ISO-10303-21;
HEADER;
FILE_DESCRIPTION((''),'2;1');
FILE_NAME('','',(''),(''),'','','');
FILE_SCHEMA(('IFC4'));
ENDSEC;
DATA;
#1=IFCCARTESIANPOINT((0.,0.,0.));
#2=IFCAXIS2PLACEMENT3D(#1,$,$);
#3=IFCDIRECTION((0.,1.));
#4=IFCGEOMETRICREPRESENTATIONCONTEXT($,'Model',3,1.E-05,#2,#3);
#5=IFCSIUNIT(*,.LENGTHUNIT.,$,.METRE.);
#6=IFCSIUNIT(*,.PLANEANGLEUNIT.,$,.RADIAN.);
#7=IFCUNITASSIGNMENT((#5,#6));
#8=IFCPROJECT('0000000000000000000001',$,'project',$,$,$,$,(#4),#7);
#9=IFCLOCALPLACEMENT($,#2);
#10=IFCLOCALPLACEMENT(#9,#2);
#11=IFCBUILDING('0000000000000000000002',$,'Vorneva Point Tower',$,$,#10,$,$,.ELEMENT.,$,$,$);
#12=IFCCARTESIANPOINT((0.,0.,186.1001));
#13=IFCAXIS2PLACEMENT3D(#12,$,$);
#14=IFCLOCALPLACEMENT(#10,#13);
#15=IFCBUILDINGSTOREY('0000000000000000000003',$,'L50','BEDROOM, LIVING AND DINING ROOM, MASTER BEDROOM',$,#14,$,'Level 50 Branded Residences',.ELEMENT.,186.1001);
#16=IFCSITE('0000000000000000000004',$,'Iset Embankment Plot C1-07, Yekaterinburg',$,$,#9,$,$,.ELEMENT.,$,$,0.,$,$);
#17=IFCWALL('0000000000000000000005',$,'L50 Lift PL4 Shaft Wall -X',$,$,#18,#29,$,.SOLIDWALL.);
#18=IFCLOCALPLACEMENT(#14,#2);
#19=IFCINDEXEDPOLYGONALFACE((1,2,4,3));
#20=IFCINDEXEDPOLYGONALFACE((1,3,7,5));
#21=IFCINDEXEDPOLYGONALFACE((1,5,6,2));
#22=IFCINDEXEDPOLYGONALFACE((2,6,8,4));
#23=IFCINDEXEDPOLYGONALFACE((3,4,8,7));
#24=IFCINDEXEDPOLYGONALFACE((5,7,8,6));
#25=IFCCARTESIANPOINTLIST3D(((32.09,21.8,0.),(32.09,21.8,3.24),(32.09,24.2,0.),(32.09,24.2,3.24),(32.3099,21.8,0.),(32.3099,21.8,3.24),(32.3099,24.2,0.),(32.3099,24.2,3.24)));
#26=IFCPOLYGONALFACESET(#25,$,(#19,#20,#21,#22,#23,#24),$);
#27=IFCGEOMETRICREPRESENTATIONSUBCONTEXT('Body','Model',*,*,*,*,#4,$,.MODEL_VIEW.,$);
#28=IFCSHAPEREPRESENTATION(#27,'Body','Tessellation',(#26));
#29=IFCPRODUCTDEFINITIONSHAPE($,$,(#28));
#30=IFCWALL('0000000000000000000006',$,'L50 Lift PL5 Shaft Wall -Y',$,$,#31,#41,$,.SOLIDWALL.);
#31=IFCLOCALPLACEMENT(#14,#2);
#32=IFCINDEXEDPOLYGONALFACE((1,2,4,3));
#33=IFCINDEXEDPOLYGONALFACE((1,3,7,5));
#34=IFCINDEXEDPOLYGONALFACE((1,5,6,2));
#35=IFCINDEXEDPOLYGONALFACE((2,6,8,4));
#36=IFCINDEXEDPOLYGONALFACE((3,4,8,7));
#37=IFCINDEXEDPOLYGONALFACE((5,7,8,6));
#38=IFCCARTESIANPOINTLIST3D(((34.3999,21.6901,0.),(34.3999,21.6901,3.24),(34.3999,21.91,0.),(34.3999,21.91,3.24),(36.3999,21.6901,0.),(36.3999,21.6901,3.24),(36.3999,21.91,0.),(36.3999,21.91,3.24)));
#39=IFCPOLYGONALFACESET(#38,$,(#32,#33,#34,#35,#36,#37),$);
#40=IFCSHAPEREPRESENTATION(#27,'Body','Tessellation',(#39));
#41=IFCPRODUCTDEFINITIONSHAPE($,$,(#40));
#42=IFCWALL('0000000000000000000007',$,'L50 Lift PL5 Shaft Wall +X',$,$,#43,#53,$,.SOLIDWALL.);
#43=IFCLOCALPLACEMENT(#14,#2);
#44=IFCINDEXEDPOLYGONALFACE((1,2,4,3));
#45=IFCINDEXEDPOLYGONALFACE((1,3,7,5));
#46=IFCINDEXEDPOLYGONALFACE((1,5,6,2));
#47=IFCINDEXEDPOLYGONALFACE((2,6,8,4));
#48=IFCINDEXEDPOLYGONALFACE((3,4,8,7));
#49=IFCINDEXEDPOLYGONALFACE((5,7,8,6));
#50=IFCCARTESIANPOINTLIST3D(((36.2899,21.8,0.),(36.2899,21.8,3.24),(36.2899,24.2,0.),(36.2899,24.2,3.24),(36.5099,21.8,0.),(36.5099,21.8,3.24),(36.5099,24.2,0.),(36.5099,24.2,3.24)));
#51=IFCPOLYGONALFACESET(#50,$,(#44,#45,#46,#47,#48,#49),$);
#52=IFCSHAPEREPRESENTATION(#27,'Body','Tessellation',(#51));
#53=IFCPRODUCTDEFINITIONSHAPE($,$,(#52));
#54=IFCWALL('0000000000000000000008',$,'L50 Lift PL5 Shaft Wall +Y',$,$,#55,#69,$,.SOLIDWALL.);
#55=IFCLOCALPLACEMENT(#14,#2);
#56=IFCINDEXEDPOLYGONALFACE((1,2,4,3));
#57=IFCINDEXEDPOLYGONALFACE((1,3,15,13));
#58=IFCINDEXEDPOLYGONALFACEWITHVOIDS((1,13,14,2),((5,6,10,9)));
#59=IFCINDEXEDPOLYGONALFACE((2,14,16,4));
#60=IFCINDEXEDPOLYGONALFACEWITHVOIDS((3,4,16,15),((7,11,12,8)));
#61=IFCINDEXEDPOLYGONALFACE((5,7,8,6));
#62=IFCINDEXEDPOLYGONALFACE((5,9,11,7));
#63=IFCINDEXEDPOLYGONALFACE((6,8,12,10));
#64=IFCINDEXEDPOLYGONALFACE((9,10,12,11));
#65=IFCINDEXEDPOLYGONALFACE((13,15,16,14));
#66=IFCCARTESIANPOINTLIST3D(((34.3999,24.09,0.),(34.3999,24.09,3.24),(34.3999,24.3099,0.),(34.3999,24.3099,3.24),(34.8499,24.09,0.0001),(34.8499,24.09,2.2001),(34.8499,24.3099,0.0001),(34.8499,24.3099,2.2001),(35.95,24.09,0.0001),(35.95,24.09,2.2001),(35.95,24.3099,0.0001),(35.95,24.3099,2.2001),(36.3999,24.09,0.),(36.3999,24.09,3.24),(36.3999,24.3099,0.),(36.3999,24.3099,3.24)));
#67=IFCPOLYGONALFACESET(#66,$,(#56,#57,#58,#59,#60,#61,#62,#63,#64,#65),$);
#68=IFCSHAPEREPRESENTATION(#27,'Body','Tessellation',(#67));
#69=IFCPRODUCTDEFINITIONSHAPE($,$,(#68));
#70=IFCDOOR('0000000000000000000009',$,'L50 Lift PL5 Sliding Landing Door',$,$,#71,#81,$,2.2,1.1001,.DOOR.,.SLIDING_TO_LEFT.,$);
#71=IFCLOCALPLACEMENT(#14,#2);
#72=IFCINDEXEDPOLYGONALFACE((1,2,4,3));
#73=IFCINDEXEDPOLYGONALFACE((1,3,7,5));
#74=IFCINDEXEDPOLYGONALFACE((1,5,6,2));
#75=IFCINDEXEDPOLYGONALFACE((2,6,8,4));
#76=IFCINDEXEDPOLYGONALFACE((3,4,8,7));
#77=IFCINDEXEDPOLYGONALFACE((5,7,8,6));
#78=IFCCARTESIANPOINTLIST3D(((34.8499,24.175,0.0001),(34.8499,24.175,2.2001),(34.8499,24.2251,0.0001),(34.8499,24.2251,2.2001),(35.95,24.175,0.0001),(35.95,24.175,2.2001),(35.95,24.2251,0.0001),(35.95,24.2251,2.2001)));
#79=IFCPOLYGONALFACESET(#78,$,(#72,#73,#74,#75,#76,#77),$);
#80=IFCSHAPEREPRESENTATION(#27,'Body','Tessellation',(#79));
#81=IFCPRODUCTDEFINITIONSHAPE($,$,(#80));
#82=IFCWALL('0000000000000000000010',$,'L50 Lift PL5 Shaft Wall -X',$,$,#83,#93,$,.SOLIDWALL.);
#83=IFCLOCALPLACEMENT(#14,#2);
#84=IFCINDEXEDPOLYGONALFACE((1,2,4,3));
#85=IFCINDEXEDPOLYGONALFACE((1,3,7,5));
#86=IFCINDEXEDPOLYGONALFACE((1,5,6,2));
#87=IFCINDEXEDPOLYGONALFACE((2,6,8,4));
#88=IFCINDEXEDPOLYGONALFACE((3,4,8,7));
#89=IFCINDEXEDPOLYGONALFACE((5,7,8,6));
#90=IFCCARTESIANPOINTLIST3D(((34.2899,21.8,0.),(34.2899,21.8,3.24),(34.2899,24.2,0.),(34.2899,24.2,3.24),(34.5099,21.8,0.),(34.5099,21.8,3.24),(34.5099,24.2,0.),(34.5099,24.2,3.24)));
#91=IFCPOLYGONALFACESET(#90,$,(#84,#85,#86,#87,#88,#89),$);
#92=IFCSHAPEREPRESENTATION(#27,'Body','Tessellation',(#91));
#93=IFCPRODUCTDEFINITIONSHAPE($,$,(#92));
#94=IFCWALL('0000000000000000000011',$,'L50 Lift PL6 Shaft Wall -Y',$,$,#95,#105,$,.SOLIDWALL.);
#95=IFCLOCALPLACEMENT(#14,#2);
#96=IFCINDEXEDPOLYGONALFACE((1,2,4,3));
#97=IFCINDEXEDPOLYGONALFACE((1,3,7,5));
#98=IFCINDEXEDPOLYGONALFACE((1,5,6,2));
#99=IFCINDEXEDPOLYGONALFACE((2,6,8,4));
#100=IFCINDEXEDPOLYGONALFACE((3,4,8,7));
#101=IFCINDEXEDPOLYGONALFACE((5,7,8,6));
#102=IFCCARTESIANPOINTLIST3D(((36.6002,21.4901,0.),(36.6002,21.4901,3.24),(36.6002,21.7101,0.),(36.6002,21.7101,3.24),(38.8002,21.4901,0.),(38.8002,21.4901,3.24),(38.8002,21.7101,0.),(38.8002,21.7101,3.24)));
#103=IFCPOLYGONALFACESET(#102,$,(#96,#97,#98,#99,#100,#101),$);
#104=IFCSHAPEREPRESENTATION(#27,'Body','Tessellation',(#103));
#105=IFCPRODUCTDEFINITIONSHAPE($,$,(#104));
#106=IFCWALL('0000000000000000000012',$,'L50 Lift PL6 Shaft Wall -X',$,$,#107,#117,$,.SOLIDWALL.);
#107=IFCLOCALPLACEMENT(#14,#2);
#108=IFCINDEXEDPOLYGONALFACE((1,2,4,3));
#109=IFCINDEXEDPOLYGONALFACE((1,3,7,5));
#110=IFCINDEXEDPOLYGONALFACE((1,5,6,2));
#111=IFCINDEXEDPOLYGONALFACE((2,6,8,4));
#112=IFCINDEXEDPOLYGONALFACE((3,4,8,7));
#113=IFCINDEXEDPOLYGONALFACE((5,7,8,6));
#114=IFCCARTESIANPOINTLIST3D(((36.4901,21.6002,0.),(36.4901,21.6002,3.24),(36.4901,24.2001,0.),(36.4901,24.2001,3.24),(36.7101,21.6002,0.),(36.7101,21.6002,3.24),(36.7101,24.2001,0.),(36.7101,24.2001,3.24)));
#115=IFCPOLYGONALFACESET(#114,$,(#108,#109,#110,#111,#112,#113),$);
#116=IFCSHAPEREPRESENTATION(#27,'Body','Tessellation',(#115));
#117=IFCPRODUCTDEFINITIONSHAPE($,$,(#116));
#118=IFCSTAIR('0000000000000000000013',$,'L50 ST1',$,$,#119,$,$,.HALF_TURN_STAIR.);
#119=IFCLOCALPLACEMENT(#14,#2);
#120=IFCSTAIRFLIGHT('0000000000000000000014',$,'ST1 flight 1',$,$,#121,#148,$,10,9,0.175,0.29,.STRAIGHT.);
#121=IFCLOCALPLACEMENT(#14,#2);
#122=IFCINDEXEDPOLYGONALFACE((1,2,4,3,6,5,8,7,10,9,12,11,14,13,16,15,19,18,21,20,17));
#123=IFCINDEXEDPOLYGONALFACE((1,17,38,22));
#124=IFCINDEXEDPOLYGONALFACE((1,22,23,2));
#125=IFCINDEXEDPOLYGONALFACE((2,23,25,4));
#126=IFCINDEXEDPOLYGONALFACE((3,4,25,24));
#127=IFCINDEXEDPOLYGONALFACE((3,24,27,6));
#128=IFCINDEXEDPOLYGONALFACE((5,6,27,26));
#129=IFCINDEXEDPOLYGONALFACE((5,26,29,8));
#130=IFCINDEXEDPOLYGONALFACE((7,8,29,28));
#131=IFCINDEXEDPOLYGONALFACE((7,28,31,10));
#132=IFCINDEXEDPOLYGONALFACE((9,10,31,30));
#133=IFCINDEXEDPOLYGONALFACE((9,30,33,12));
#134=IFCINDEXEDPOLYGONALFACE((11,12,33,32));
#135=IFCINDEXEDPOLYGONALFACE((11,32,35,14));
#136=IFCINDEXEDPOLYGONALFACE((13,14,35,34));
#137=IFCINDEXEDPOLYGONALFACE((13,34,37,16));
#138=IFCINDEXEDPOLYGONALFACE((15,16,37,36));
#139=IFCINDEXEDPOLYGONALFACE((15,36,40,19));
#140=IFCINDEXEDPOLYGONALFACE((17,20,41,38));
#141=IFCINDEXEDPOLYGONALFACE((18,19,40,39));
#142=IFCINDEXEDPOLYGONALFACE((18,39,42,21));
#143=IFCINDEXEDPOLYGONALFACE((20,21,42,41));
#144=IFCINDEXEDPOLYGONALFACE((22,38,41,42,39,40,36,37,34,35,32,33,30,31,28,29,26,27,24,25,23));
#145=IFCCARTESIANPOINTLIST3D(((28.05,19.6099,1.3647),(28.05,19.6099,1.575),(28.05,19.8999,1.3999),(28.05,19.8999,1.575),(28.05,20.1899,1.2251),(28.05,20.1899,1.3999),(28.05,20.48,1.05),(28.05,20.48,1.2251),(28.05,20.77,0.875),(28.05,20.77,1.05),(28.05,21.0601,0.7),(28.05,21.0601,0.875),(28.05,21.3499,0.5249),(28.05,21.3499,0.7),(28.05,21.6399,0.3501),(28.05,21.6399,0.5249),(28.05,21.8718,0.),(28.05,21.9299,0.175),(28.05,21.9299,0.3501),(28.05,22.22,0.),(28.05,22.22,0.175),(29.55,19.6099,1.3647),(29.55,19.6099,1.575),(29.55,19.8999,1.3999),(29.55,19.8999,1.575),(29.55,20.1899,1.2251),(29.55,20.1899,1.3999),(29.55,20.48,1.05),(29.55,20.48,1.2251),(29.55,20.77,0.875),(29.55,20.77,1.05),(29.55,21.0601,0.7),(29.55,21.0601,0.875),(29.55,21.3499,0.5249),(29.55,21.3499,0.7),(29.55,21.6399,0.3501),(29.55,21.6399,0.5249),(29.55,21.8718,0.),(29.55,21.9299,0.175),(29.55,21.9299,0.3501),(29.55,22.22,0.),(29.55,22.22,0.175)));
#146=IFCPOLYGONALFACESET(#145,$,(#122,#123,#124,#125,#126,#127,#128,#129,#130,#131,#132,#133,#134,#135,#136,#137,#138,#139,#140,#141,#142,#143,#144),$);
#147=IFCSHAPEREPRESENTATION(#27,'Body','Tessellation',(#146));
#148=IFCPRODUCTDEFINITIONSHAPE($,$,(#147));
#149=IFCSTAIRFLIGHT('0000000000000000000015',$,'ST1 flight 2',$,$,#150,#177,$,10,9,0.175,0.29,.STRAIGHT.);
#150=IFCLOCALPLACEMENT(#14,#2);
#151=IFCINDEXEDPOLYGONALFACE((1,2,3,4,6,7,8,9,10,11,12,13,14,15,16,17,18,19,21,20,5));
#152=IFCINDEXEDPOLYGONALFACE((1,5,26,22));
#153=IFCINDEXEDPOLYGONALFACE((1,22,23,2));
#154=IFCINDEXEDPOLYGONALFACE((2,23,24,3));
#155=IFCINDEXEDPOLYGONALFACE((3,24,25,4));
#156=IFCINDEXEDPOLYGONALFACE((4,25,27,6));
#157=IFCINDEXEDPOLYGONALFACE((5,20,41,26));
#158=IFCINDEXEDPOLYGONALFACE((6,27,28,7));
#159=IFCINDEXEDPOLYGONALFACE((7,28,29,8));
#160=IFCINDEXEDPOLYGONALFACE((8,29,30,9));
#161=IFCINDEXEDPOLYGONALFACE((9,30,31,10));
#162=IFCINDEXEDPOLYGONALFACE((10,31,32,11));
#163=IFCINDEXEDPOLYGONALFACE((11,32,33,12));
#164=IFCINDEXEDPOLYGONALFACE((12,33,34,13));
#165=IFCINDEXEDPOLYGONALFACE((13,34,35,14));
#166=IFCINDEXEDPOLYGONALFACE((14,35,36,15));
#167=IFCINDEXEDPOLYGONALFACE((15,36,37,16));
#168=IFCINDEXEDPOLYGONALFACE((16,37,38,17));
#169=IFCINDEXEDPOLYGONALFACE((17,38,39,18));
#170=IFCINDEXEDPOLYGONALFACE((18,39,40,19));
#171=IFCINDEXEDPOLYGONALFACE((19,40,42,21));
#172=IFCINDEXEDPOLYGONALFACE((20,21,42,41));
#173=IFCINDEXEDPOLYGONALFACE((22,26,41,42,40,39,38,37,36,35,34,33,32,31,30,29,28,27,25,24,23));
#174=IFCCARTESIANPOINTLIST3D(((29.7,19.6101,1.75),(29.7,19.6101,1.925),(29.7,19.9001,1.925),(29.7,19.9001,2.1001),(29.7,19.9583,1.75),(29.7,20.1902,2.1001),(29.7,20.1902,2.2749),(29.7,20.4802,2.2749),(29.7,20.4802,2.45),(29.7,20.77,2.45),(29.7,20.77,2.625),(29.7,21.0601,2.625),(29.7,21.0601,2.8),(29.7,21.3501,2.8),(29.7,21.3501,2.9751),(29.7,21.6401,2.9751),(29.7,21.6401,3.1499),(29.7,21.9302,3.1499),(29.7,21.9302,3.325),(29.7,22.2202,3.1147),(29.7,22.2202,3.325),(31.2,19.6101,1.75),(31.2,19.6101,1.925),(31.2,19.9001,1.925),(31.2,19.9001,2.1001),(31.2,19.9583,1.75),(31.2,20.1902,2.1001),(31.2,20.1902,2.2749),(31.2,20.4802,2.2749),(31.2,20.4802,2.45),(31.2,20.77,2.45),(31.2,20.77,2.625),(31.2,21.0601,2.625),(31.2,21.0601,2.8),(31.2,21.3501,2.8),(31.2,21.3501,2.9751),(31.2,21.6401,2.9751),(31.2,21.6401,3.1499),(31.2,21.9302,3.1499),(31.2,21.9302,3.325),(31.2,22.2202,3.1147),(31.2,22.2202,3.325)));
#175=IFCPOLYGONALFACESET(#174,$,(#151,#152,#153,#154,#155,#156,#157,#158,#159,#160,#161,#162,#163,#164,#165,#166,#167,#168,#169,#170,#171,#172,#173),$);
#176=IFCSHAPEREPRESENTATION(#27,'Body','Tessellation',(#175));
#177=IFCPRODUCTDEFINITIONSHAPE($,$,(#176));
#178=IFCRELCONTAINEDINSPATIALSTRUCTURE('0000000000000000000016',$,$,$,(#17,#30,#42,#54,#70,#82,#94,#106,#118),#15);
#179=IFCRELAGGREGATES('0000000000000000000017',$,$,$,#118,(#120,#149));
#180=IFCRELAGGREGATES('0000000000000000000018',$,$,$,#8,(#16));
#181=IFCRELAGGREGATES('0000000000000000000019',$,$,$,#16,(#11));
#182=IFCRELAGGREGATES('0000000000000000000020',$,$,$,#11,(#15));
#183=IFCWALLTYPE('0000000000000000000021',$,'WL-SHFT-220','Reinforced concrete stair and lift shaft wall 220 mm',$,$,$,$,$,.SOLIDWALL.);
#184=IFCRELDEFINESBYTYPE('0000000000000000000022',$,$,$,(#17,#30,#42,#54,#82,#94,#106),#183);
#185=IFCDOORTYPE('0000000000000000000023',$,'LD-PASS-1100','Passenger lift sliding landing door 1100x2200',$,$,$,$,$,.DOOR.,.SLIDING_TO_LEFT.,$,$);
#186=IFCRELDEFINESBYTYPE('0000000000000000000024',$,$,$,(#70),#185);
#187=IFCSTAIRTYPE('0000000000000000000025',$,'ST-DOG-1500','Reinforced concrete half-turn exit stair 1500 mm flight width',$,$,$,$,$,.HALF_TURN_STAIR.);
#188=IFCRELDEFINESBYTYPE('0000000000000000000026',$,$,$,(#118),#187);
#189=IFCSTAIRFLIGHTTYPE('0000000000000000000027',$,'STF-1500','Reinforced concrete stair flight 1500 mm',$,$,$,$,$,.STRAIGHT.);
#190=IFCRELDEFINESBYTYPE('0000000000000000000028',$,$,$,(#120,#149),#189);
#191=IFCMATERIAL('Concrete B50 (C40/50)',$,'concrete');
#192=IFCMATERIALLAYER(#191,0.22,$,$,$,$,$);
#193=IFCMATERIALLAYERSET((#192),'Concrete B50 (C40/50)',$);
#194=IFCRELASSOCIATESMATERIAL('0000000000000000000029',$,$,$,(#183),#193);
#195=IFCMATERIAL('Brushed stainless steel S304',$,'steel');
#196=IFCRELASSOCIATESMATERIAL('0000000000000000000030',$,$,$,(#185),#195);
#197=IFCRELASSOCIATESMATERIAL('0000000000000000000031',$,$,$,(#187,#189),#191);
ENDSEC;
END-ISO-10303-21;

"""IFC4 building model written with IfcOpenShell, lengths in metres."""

from ifc_helpers import new_model, si_unit, direction, frame, frame_2d, origin, place, context, subcontext, project, spatial, polyline, rectangle, outline, extrude, material, layer, layer_set, type_object, element, fill, aggregate, save


model = new_model("IFC4")

# Units and contexts
model_context = context("Model", 3, precision=1e-05, world=origin(), true_north=direction((0.0, 1.0)))
body_context = subcontext(model_context, "Body", "Model", "MODEL_VIEW")
ifc_project = project(units=[si_unit("LENGTHUNIT", "METRE"), si_unit("PLANEANGLEUNIT", "RADIAN")], contexts=[model_context])

# Site, building, storey
site_placement = place(None, origin())
site = spatial("IfcSite", under=ifc_project, at=site_placement, Name="Iset Embankment Plot C1-07, Yekaterinburg", CompositionType="ELEMENT", RefElevation=0.0)
building_placement = place(site_placement, origin())
building = spatial("IfcBuilding", under=site, at=building_placement, Name="Vorneva Point Tower", CompositionType="ELEMENT")
storey_placement = place(building_placement, frame((0.0, 0.0, 186.1001)))
storey = spatial("IfcBuildingStorey", under=building, at=storey_placement, Name="L50", Description="BEDROOM, LIVING AND DINING ROOM, MASTER BEDROOM", LongName="Level 50 Branded Residences", CompositionType="ELEMENT", Elevation=186.1001)

# Shared definitions
ifc_material_1 = material(Name="Concrete B50 (C40/50)", Category="concrete")

# Shared definitions
ifc_layer_1 = layer(ifc_material_1, 0.22)
ifc_layer_set_1 = layer_set([ifc_layer_1], Name="Concrete B50 (C40/50)")
wall_type_1 = type_object("IfcWallType", Name="WL-SHFT-220", Description="Reinforced concrete stair and lift shaft wall 220 mm", PredefinedType="SOLIDWALL", material=ifc_layer_set_1)

# Shared definitions
ifc_material_2 = material(Name="Brushed stainless steel S304", Category="steel")
door_type_1 = type_object("IfcDoorType", Name="LD-PASS-1100", Description="Passenger lift sliding landing door 1100x2200", OperationType="SLIDING_TO_LEFT", PredefinedType="DOOR", material=ifc_material_2)

# Walls
wall_1_placement = place(storey_placement, frame((32.2, 24.2, 0.0), z_axis=(0.0, 0.0, 1.0), x_axis=(0.0, -1.0, 0.0)))
element("IfcWall", 1, at=wall_1_placement, inside=storey, type_object=wall_type_1, Name="L50 Lift PL4 Shaft Wall -X", PredefinedType="SOLIDWALL", context=body_context, shape_type="SweptSolid", body=[
    extrude(rectangle(XDim=2.3999, YDim=0.22, at=frame_2d((1.2, 0.0))), origin(), (0.0, 0.0, 1.0), 3.24),
])
wall_2_placement = place(storey_placement, frame((34.3999, 21.8, 0.0), z_axis=(0.0, 0.0, 1.0), x_axis=(1.0, 0.0, 0.0)))
element("IfcWall", 2, at=wall_2_placement, inside=storey, type_object=wall_type_1, Name="L50 Lift PL5 Shaft Wall -Y", PredefinedType="SOLIDWALL", context=body_context, shape_type="SweptSolid", body=[
    extrude(rectangle(XDim=2.0, YDim=0.22, at=frame_2d((1.0, 0.0))), origin(), (0.0, 0.0, 1.0), 3.24),
])
wall_3_placement = place(storey_placement, frame((36.3999, 21.8, 0.0), z_axis=(0.0, 0.0, 1.0), x_axis=(0.0, 1.0, 0.0)))
element("IfcWall", 3, at=wall_3_placement, inside=storey, type_object=wall_type_1, Name="L50 Lift PL5 Shaft Wall +X", PredefinedType="SOLIDWALL", context=body_context, shape_type="SweptSolid", body=[
    extrude(rectangle(XDim=2.3999, YDim=0.22, at=frame_2d((1.2, 0.0))), origin(), (0.0, 0.0, 1.0), 3.24),
])

# Wall, opening, door
wall_4_placement = place(storey_placement, frame((36.3999, 24.2, 0.0), z_axis=(0.0, 0.0, 1.0), x_axis=(-1.0, 0.0, 0.0)))
wall_4 = element("IfcWall", 4, at=wall_4_placement, inside=storey, type_object=wall_type_1, Name="L50 Lift PL5 Shaft Wall +Y", PredefinedType="SOLIDWALL", context=body_context, shape_type="SweptSolid", body=[
    extrude(rectangle(XDim=2.0, YDim=0.22, at=frame_2d((1.0, 0.0))), origin(), (0.0, 0.0, 1.0), 3.24),
])
opening_1_placement = place(wall_4_placement, frame((0.45, 0.0, 0.0)))
opening_1 = element("IfcOpeningElement", 5, at=opening_1_placement, cuts=wall_4, PredefinedType="OPENING", context=body_context, shape_type="SweptSolid", body=[
    extrude(rectangle(XDim=1.1001, YDim=2.2, at=frame_2d((0.55, 1.1001))), frame((0.0, 0.125, 0.0), z_axis=(0.0, -1.0, 0.0), x_axis=(1.0, 0.0, 0.0)), (0.0, 0.0, 1.0), 0.2498),
])
door_1_placement = place(opening_1_placement, origin())
door_1 = element("IfcDoor", 6, at=door_1_placement, inside=storey, type_object=door_type_1, Name="L50 Lift PL5 Sliding Landing Door", OperationType="SLIDING_TO_LEFT", OverallHeight=2.2, OverallWidth=1.1001, PredefinedType="DOOR", context=body_context, shape_type="SweptSolid", body=[
    extrude(rectangle(XDim=1.1001, YDim=2.2, at=frame_2d((0.55, 1.1001))), frame((0.0, 0.0249, 0.0), z_axis=(0.0, -1.0, 0.0), x_axis=(1.0, 0.0, 0.0)), (0.0, 0.0, 1.0), 0.05),
])
fill(opening_1, door_1)

# Walls
wall_5_placement = place(storey_placement, frame((34.3999, 24.2, 0.0), z_axis=(0.0, 0.0, 1.0), x_axis=(0.0, -1.0, 0.0)))
element("IfcWall", 7, at=wall_5_placement, inside=storey, type_object=wall_type_1, Name="L50 Lift PL5 Shaft Wall -X", PredefinedType="SOLIDWALL", context=body_context, shape_type="SweptSolid", body=[
    extrude(rectangle(XDim=2.3999, YDim=0.22, at=frame_2d((1.2, 0.0))), origin(), (0.0, 0.0, 1.0), 3.24),
])
wall_6_placement = place(storey_placement, frame((36.6001, 21.6001, 0.0), z_axis=(0.0, 0.0, 1.0), x_axis=(1.0, 0.0, 0.0)))
element("IfcWall", 8, at=wall_6_placement, inside=storey, type_object=wall_type_1, Name="L50 Lift PL6 Shaft Wall -Y", PredefinedType="SOLIDWALL", context=body_context, shape_type="SweptSolid", body=[
    extrude(rectangle(XDim=2.2, YDim=0.22, at=frame_2d((1.1001, 0.0))), origin(), (0.0, 0.0, 1.0), 3.24),
])
wall_7_placement = place(storey_placement, frame((36.6001, 24.2, 0.0), z_axis=(0.0, 0.0, 1.0), x_axis=(0.0, -1.0, 0.0)))
element("IfcWall", 9, at=wall_7_placement, inside=storey, type_object=wall_type_1, Name="L50 Lift PL6 Shaft Wall -X", PredefinedType="SOLIDWALL", context=body_context, shape_type="SweptSolid", body=[
    extrude(rectangle(XDim=2.5999, YDim=0.22, at=frame_2d((1.2998, 0.0))), origin(), (0.0, 0.0, 1.0), 3.24),
])

# Stair, stair flights
stair_type = type_object("IfcStairType", Name="ST-DOG-1500", Description="Reinforced concrete half-turn exit stair 1500 mm flight width", PredefinedType="HALF_TURN_STAIR", material=ifc_material_1)
stair_placement = place(storey_placement, origin())
stair = element("IfcStair", 10, at=stair_placement, inside=storey, type_object=stair_type, Name="L50 ST1", PredefinedType="HALF_TURN_STAIR")
stair_flight_type = type_object("IfcStairFlightType", Name="STF-1500", Description="Reinforced concrete stair flight 1500 mm", PredefinedType="STRAIGHT", material=ifc_material_1)
stair_flight_1_placement = place(storey_placement, frame((28.8, 22.22, 0.0), z_axis=(0.0, 0.0, 1.0), x_axis=(0.0, -1.0, 0.0)))
stair_flight_1 = element("IfcStairFlight", 11, at=stair_flight_1_placement, type_object=stair_flight_type, Name="ST1 flight 1", NumberOfRisers=10, NumberOfTreads=9, PredefinedType="STRAIGHT", RiserHeight=0.175, TreadLength=0.29, context=body_context, shape_type="SweptSolid", body=[
    extrude(outline(polyline([(0.0, 0.0), (0.0, 0.175), (0.29, 0.175), (0.29, 0.3501), (0.5801, 0.3501), (0.5801, 0.5249), (0.8701, 0.5249), (0.8701, 0.7), (1.1599, 0.7), (1.1599, 0.875), (1.45, 0.875), (1.45, 1.05), (1.74, 1.05), (1.74, 1.2251), (2.03, 1.2251), (2.03, 1.3999), (2.3201, 1.3999), (2.3201, 1.575), (2.6101, 1.575), (2.6101, 1.75), (2.6101, 1.3647), (0.3481, 0.0), (0.0, 0.0)])), frame((0.0, 0.75, 0.0), z_axis=(0.0, -1.0, 0.0), x_axis=(1.0, 0.0, 0.0)), (0.0, 0.0, 1.0), 1.5),
])
stair_flight_2_placement = place(storey_placement, frame((30.45, 19.6101, 1.75), z_axis=(0.0, 0.0, 1.0), x_axis=(0.0, 1.0, 0.0)))
stair_flight_2 = element("IfcStairFlight", 12, at=stair_flight_2_placement, type_object=stair_flight_type, Name="ST1 flight 2", NumberOfRisers=10, NumberOfTreads=9, PredefinedType="STRAIGHT", RiserHeight=0.175, TreadLength=0.29, context=body_context, shape_type="SweptSolid", body=[
    extrude(outline(polyline([(0.0, 0.0), (0.0, 0.175), (0.29, 0.175), (0.29, 0.3501), (0.5801, 0.3501), (0.5801, 0.5249), (0.8701, 0.5249), (0.8701, 0.7), (1.1599, 0.7), (1.1599, 0.875), (1.45, 0.875), (1.45, 1.05), (1.74, 1.05), (1.74, 1.2251), (2.03, 1.2251), (2.03, 1.3999), (2.3201, 1.3999), (2.3201, 1.575), (2.6101, 1.575), (2.6101, 1.75), (2.6101, 1.3647), (0.3481, 0.0), (0.0, 0.0)])), frame((0.0, 0.75, 0.0), z_axis=(0.0, -1.0, 0.0), x_axis=(1.0, 0.0, 0.0)), (0.0, 0.0, 1.0), 1.5),
])
aggregate(stair, [stair_flight_1, stair_flight_2])

save(model, "model.ifc")
